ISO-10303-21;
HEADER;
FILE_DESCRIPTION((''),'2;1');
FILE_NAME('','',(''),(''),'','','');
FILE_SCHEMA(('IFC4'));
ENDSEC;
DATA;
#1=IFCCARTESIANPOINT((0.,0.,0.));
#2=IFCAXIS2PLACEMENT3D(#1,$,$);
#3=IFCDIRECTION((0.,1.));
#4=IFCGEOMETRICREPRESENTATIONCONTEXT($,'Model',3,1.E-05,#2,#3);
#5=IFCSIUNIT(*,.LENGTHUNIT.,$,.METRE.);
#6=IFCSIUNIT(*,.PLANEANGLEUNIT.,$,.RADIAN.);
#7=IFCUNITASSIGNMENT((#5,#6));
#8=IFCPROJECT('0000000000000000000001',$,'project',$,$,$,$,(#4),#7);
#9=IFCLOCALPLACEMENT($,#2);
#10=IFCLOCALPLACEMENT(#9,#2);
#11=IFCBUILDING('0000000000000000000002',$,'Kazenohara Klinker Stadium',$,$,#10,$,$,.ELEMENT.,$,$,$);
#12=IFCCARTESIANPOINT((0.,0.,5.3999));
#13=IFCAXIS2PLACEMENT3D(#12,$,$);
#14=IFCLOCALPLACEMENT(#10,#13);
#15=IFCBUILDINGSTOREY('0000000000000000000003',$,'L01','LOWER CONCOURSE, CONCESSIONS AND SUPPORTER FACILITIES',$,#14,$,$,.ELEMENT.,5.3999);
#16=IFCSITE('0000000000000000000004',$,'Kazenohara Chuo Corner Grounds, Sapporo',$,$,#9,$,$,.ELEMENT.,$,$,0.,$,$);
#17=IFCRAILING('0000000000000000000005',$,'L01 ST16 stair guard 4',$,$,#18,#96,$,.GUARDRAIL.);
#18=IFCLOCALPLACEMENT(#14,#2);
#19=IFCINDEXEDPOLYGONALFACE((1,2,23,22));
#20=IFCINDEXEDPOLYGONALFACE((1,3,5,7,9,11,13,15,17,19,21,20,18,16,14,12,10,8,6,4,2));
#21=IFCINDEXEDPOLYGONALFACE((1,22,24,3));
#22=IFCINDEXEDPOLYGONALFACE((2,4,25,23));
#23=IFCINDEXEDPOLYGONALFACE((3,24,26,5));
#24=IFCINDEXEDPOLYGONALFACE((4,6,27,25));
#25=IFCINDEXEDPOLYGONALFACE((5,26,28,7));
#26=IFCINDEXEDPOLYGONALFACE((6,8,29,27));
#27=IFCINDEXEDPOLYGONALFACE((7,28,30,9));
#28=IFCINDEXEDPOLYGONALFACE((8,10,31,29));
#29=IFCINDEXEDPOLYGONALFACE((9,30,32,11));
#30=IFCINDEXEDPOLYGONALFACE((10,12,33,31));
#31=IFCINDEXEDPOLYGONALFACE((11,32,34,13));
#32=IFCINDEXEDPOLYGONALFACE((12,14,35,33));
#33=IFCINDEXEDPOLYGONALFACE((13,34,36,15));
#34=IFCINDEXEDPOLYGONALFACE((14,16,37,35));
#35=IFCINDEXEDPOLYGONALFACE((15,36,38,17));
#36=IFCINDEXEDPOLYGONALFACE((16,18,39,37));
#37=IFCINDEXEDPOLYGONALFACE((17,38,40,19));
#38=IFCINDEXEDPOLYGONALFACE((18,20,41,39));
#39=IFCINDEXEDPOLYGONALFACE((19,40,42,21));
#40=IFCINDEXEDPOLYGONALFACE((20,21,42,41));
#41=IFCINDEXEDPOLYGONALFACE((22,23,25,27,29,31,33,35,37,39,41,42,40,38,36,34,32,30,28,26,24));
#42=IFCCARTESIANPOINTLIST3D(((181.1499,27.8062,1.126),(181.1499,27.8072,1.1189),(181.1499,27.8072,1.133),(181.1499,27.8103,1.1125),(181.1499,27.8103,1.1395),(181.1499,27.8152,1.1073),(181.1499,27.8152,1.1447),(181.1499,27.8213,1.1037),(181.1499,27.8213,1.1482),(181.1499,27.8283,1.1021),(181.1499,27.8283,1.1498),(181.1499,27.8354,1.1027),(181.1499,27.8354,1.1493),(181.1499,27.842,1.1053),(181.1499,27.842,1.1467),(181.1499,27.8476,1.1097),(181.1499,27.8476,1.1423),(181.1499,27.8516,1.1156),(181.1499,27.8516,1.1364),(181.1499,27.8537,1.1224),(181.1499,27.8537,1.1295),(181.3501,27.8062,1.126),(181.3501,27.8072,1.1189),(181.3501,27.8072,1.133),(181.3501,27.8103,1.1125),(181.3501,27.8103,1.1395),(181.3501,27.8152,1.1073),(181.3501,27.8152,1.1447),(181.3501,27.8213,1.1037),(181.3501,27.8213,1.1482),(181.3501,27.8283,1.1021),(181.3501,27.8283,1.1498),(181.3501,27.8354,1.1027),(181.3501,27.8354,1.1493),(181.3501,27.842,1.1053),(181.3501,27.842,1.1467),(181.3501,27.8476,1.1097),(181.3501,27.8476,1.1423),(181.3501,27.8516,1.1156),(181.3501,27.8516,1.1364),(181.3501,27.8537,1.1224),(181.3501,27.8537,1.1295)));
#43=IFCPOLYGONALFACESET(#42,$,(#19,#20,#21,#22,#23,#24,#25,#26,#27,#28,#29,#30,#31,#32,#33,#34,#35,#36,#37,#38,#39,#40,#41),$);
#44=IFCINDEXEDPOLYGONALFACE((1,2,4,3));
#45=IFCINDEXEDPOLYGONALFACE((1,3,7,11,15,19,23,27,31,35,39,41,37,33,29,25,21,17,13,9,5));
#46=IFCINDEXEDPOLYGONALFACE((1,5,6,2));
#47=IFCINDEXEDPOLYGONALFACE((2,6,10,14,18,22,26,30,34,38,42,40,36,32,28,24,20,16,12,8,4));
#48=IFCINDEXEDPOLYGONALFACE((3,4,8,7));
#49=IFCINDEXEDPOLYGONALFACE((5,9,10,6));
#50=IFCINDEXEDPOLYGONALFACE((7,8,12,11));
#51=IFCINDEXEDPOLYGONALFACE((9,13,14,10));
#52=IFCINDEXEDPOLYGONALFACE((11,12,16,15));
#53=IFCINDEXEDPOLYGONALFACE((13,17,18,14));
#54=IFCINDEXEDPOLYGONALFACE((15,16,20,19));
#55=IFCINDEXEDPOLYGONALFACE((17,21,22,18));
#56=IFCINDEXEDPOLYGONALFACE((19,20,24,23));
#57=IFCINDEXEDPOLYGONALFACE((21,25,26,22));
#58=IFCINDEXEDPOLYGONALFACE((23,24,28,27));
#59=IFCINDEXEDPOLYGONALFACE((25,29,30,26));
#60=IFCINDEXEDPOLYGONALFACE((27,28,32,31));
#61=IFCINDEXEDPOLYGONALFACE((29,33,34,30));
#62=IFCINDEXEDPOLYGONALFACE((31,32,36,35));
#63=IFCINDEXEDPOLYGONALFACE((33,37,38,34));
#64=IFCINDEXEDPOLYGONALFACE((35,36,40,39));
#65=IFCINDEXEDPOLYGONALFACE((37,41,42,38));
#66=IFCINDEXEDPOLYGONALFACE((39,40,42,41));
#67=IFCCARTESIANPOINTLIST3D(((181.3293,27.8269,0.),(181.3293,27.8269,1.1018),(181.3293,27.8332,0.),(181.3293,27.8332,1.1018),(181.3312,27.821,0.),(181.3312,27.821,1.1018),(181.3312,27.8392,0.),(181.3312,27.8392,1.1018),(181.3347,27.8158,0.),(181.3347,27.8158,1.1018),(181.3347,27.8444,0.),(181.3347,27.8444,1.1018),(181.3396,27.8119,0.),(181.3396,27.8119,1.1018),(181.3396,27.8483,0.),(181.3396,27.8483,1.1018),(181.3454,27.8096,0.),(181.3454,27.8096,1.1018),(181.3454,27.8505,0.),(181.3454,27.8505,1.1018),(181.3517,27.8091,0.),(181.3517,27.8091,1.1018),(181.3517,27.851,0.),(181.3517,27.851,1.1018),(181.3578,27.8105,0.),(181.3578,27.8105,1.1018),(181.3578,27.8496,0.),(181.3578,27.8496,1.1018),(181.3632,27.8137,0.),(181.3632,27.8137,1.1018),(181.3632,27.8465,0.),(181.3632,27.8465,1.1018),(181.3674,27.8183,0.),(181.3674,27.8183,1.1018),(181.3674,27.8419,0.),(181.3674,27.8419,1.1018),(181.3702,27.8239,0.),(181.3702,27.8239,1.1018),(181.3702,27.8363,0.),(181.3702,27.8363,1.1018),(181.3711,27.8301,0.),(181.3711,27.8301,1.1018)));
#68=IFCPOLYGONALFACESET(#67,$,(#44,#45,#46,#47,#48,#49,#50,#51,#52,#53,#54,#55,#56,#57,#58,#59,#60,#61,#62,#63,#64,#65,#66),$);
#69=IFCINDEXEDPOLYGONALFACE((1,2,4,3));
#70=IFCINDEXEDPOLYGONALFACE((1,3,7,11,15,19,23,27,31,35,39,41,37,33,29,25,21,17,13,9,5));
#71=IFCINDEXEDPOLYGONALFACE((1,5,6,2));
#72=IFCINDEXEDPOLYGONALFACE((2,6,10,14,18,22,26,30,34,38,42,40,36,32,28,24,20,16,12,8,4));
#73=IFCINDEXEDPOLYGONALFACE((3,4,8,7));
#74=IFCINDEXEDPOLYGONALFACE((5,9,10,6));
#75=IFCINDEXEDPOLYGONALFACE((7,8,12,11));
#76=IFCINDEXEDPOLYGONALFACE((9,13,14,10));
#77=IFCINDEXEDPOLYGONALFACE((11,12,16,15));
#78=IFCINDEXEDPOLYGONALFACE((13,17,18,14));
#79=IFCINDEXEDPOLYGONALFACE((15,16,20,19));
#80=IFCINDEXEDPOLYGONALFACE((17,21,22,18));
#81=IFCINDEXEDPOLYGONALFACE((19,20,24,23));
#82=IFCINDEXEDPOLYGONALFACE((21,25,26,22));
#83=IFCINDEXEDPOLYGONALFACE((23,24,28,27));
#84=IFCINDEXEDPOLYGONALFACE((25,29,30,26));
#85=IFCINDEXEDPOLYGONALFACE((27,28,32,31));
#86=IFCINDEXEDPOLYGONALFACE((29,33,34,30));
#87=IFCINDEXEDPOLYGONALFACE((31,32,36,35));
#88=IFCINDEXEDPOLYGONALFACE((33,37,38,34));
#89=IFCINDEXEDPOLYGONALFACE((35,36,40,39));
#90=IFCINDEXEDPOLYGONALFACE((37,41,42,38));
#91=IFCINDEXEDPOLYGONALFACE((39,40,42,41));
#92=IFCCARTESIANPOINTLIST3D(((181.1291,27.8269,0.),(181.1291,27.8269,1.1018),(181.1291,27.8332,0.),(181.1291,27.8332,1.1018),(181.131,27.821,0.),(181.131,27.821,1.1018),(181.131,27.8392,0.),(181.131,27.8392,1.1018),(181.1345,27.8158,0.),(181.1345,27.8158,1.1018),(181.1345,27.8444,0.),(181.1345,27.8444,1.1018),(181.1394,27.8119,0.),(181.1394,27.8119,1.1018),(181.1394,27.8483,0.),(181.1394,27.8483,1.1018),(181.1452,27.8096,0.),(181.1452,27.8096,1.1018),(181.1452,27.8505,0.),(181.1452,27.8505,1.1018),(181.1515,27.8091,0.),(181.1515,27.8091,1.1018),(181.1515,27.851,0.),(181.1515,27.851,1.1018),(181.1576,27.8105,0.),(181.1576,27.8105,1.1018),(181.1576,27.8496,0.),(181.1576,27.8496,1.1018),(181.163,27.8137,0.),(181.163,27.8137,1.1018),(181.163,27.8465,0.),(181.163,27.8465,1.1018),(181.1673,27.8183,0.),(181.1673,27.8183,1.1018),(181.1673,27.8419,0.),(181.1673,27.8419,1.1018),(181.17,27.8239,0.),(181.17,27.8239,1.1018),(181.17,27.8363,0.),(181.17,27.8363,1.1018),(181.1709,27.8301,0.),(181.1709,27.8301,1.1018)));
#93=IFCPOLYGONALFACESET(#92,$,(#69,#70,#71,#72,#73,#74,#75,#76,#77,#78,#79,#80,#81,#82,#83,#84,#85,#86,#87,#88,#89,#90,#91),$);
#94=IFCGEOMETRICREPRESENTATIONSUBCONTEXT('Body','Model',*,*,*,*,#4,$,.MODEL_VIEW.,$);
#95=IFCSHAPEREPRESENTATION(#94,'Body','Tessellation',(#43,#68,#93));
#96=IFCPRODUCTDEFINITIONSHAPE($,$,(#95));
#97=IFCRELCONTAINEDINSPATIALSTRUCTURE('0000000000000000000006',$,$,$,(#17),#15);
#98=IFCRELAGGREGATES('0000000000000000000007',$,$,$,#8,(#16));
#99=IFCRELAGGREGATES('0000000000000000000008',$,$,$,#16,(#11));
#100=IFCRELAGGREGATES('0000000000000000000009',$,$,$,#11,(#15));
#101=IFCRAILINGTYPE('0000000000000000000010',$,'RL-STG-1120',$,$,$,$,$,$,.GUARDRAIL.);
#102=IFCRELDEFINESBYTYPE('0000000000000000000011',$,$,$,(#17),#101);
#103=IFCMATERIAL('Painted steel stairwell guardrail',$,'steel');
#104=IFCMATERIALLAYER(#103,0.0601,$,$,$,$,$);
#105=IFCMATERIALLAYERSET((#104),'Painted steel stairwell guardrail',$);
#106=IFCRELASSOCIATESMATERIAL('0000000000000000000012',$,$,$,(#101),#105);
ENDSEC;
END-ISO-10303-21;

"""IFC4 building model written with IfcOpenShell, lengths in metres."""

from ifc_helpers import new_model, si_unit, direction, frame, origin, origin_2d, place, context, subcontext, project, spatial, circle, extrude, material, layer, layer_set, type_object, element, save


model = new_model("IFC4")

# Units and contexts
model_context = context("Model", 3, precision=1e-05, world=origin(), true_north=direction((0.0, 1.0)))
body_context = subcontext(model_context, "Body", "Model", "MODEL_VIEW")
ifc_project = project(units=[si_unit("LENGTHUNIT", "METRE"), si_unit("PLANEANGLEUNIT", "RADIAN")], contexts=[model_context])

# Site, building, storey
site_placement = place(None, origin())
site = spatial("IfcSite", under=ifc_project, at=site_placement, Name="Kazenohara Chuo Corner Grounds, Sapporo", CompositionType="ELEMENT", RefElevation=0.0)
building_placement = place(site_placement, origin())
building = spatial("IfcBuilding", under=site, at=building_placement, Name="Kazenohara Klinker Stadium", CompositionType="ELEMENT")
storey_placement = place(building_placement, frame((0.0, 0.0, 5.3999)))
storey = spatial("IfcBuildingStorey", under=building, at=storey_placement, Name="L01", Description="LOWER CONCOURSE, CONCESSIONS AND SUPPORTER FACILITIES", CompositionType="ELEMENT", Elevation=5.3999)

# Railing
ifc_material_1 = material(Name="Painted steel stairwell guardrail", Category="steel")
ifc_layer_1 = layer(ifc_material_1, 0.0601)
ifc_layer_set_1 = layer_set([ifc_layer_1], Name="Painted steel stairwell guardrail")
railing_type_1 = type_object("IfcRailingType", Name="RL-STG-1120", PredefinedType="GUARDRAIL", material=ifc_layer_set_1)
railing_1_placement = place(storey_placement, frame((181.3501, 27.8301, 0.0)))
element("IfcRailing", 1, at=railing_1_placement, inside=storey, type_object=railing_type_1, Name="L01 ST16 stair guard 4", PredefinedType="GUARDRAIL", context=body_context, shape_type="SweptSolid", body=[
    extrude(circle(Radius=0.0239, at=origin_2d()), frame((0.0, 0.0, 1.126), z_axis=(-1.0, 0.0, 0.0), x_axis=(0.0, -1.0, 0.0)), (0.0, 0.0, 1.0), 0.2002),
    extrude(circle(Radius=0.021, at=origin_2d()), origin(), (0.0, 0.0, 1.0), 1.1018),
    extrude(circle(Radius=0.021, at=origin_2d()), frame((-0.2002, 0.0, 0.0)), (0.0, 0.0, 1.0), 1.1018),
])

save(model, "model.ifc")
